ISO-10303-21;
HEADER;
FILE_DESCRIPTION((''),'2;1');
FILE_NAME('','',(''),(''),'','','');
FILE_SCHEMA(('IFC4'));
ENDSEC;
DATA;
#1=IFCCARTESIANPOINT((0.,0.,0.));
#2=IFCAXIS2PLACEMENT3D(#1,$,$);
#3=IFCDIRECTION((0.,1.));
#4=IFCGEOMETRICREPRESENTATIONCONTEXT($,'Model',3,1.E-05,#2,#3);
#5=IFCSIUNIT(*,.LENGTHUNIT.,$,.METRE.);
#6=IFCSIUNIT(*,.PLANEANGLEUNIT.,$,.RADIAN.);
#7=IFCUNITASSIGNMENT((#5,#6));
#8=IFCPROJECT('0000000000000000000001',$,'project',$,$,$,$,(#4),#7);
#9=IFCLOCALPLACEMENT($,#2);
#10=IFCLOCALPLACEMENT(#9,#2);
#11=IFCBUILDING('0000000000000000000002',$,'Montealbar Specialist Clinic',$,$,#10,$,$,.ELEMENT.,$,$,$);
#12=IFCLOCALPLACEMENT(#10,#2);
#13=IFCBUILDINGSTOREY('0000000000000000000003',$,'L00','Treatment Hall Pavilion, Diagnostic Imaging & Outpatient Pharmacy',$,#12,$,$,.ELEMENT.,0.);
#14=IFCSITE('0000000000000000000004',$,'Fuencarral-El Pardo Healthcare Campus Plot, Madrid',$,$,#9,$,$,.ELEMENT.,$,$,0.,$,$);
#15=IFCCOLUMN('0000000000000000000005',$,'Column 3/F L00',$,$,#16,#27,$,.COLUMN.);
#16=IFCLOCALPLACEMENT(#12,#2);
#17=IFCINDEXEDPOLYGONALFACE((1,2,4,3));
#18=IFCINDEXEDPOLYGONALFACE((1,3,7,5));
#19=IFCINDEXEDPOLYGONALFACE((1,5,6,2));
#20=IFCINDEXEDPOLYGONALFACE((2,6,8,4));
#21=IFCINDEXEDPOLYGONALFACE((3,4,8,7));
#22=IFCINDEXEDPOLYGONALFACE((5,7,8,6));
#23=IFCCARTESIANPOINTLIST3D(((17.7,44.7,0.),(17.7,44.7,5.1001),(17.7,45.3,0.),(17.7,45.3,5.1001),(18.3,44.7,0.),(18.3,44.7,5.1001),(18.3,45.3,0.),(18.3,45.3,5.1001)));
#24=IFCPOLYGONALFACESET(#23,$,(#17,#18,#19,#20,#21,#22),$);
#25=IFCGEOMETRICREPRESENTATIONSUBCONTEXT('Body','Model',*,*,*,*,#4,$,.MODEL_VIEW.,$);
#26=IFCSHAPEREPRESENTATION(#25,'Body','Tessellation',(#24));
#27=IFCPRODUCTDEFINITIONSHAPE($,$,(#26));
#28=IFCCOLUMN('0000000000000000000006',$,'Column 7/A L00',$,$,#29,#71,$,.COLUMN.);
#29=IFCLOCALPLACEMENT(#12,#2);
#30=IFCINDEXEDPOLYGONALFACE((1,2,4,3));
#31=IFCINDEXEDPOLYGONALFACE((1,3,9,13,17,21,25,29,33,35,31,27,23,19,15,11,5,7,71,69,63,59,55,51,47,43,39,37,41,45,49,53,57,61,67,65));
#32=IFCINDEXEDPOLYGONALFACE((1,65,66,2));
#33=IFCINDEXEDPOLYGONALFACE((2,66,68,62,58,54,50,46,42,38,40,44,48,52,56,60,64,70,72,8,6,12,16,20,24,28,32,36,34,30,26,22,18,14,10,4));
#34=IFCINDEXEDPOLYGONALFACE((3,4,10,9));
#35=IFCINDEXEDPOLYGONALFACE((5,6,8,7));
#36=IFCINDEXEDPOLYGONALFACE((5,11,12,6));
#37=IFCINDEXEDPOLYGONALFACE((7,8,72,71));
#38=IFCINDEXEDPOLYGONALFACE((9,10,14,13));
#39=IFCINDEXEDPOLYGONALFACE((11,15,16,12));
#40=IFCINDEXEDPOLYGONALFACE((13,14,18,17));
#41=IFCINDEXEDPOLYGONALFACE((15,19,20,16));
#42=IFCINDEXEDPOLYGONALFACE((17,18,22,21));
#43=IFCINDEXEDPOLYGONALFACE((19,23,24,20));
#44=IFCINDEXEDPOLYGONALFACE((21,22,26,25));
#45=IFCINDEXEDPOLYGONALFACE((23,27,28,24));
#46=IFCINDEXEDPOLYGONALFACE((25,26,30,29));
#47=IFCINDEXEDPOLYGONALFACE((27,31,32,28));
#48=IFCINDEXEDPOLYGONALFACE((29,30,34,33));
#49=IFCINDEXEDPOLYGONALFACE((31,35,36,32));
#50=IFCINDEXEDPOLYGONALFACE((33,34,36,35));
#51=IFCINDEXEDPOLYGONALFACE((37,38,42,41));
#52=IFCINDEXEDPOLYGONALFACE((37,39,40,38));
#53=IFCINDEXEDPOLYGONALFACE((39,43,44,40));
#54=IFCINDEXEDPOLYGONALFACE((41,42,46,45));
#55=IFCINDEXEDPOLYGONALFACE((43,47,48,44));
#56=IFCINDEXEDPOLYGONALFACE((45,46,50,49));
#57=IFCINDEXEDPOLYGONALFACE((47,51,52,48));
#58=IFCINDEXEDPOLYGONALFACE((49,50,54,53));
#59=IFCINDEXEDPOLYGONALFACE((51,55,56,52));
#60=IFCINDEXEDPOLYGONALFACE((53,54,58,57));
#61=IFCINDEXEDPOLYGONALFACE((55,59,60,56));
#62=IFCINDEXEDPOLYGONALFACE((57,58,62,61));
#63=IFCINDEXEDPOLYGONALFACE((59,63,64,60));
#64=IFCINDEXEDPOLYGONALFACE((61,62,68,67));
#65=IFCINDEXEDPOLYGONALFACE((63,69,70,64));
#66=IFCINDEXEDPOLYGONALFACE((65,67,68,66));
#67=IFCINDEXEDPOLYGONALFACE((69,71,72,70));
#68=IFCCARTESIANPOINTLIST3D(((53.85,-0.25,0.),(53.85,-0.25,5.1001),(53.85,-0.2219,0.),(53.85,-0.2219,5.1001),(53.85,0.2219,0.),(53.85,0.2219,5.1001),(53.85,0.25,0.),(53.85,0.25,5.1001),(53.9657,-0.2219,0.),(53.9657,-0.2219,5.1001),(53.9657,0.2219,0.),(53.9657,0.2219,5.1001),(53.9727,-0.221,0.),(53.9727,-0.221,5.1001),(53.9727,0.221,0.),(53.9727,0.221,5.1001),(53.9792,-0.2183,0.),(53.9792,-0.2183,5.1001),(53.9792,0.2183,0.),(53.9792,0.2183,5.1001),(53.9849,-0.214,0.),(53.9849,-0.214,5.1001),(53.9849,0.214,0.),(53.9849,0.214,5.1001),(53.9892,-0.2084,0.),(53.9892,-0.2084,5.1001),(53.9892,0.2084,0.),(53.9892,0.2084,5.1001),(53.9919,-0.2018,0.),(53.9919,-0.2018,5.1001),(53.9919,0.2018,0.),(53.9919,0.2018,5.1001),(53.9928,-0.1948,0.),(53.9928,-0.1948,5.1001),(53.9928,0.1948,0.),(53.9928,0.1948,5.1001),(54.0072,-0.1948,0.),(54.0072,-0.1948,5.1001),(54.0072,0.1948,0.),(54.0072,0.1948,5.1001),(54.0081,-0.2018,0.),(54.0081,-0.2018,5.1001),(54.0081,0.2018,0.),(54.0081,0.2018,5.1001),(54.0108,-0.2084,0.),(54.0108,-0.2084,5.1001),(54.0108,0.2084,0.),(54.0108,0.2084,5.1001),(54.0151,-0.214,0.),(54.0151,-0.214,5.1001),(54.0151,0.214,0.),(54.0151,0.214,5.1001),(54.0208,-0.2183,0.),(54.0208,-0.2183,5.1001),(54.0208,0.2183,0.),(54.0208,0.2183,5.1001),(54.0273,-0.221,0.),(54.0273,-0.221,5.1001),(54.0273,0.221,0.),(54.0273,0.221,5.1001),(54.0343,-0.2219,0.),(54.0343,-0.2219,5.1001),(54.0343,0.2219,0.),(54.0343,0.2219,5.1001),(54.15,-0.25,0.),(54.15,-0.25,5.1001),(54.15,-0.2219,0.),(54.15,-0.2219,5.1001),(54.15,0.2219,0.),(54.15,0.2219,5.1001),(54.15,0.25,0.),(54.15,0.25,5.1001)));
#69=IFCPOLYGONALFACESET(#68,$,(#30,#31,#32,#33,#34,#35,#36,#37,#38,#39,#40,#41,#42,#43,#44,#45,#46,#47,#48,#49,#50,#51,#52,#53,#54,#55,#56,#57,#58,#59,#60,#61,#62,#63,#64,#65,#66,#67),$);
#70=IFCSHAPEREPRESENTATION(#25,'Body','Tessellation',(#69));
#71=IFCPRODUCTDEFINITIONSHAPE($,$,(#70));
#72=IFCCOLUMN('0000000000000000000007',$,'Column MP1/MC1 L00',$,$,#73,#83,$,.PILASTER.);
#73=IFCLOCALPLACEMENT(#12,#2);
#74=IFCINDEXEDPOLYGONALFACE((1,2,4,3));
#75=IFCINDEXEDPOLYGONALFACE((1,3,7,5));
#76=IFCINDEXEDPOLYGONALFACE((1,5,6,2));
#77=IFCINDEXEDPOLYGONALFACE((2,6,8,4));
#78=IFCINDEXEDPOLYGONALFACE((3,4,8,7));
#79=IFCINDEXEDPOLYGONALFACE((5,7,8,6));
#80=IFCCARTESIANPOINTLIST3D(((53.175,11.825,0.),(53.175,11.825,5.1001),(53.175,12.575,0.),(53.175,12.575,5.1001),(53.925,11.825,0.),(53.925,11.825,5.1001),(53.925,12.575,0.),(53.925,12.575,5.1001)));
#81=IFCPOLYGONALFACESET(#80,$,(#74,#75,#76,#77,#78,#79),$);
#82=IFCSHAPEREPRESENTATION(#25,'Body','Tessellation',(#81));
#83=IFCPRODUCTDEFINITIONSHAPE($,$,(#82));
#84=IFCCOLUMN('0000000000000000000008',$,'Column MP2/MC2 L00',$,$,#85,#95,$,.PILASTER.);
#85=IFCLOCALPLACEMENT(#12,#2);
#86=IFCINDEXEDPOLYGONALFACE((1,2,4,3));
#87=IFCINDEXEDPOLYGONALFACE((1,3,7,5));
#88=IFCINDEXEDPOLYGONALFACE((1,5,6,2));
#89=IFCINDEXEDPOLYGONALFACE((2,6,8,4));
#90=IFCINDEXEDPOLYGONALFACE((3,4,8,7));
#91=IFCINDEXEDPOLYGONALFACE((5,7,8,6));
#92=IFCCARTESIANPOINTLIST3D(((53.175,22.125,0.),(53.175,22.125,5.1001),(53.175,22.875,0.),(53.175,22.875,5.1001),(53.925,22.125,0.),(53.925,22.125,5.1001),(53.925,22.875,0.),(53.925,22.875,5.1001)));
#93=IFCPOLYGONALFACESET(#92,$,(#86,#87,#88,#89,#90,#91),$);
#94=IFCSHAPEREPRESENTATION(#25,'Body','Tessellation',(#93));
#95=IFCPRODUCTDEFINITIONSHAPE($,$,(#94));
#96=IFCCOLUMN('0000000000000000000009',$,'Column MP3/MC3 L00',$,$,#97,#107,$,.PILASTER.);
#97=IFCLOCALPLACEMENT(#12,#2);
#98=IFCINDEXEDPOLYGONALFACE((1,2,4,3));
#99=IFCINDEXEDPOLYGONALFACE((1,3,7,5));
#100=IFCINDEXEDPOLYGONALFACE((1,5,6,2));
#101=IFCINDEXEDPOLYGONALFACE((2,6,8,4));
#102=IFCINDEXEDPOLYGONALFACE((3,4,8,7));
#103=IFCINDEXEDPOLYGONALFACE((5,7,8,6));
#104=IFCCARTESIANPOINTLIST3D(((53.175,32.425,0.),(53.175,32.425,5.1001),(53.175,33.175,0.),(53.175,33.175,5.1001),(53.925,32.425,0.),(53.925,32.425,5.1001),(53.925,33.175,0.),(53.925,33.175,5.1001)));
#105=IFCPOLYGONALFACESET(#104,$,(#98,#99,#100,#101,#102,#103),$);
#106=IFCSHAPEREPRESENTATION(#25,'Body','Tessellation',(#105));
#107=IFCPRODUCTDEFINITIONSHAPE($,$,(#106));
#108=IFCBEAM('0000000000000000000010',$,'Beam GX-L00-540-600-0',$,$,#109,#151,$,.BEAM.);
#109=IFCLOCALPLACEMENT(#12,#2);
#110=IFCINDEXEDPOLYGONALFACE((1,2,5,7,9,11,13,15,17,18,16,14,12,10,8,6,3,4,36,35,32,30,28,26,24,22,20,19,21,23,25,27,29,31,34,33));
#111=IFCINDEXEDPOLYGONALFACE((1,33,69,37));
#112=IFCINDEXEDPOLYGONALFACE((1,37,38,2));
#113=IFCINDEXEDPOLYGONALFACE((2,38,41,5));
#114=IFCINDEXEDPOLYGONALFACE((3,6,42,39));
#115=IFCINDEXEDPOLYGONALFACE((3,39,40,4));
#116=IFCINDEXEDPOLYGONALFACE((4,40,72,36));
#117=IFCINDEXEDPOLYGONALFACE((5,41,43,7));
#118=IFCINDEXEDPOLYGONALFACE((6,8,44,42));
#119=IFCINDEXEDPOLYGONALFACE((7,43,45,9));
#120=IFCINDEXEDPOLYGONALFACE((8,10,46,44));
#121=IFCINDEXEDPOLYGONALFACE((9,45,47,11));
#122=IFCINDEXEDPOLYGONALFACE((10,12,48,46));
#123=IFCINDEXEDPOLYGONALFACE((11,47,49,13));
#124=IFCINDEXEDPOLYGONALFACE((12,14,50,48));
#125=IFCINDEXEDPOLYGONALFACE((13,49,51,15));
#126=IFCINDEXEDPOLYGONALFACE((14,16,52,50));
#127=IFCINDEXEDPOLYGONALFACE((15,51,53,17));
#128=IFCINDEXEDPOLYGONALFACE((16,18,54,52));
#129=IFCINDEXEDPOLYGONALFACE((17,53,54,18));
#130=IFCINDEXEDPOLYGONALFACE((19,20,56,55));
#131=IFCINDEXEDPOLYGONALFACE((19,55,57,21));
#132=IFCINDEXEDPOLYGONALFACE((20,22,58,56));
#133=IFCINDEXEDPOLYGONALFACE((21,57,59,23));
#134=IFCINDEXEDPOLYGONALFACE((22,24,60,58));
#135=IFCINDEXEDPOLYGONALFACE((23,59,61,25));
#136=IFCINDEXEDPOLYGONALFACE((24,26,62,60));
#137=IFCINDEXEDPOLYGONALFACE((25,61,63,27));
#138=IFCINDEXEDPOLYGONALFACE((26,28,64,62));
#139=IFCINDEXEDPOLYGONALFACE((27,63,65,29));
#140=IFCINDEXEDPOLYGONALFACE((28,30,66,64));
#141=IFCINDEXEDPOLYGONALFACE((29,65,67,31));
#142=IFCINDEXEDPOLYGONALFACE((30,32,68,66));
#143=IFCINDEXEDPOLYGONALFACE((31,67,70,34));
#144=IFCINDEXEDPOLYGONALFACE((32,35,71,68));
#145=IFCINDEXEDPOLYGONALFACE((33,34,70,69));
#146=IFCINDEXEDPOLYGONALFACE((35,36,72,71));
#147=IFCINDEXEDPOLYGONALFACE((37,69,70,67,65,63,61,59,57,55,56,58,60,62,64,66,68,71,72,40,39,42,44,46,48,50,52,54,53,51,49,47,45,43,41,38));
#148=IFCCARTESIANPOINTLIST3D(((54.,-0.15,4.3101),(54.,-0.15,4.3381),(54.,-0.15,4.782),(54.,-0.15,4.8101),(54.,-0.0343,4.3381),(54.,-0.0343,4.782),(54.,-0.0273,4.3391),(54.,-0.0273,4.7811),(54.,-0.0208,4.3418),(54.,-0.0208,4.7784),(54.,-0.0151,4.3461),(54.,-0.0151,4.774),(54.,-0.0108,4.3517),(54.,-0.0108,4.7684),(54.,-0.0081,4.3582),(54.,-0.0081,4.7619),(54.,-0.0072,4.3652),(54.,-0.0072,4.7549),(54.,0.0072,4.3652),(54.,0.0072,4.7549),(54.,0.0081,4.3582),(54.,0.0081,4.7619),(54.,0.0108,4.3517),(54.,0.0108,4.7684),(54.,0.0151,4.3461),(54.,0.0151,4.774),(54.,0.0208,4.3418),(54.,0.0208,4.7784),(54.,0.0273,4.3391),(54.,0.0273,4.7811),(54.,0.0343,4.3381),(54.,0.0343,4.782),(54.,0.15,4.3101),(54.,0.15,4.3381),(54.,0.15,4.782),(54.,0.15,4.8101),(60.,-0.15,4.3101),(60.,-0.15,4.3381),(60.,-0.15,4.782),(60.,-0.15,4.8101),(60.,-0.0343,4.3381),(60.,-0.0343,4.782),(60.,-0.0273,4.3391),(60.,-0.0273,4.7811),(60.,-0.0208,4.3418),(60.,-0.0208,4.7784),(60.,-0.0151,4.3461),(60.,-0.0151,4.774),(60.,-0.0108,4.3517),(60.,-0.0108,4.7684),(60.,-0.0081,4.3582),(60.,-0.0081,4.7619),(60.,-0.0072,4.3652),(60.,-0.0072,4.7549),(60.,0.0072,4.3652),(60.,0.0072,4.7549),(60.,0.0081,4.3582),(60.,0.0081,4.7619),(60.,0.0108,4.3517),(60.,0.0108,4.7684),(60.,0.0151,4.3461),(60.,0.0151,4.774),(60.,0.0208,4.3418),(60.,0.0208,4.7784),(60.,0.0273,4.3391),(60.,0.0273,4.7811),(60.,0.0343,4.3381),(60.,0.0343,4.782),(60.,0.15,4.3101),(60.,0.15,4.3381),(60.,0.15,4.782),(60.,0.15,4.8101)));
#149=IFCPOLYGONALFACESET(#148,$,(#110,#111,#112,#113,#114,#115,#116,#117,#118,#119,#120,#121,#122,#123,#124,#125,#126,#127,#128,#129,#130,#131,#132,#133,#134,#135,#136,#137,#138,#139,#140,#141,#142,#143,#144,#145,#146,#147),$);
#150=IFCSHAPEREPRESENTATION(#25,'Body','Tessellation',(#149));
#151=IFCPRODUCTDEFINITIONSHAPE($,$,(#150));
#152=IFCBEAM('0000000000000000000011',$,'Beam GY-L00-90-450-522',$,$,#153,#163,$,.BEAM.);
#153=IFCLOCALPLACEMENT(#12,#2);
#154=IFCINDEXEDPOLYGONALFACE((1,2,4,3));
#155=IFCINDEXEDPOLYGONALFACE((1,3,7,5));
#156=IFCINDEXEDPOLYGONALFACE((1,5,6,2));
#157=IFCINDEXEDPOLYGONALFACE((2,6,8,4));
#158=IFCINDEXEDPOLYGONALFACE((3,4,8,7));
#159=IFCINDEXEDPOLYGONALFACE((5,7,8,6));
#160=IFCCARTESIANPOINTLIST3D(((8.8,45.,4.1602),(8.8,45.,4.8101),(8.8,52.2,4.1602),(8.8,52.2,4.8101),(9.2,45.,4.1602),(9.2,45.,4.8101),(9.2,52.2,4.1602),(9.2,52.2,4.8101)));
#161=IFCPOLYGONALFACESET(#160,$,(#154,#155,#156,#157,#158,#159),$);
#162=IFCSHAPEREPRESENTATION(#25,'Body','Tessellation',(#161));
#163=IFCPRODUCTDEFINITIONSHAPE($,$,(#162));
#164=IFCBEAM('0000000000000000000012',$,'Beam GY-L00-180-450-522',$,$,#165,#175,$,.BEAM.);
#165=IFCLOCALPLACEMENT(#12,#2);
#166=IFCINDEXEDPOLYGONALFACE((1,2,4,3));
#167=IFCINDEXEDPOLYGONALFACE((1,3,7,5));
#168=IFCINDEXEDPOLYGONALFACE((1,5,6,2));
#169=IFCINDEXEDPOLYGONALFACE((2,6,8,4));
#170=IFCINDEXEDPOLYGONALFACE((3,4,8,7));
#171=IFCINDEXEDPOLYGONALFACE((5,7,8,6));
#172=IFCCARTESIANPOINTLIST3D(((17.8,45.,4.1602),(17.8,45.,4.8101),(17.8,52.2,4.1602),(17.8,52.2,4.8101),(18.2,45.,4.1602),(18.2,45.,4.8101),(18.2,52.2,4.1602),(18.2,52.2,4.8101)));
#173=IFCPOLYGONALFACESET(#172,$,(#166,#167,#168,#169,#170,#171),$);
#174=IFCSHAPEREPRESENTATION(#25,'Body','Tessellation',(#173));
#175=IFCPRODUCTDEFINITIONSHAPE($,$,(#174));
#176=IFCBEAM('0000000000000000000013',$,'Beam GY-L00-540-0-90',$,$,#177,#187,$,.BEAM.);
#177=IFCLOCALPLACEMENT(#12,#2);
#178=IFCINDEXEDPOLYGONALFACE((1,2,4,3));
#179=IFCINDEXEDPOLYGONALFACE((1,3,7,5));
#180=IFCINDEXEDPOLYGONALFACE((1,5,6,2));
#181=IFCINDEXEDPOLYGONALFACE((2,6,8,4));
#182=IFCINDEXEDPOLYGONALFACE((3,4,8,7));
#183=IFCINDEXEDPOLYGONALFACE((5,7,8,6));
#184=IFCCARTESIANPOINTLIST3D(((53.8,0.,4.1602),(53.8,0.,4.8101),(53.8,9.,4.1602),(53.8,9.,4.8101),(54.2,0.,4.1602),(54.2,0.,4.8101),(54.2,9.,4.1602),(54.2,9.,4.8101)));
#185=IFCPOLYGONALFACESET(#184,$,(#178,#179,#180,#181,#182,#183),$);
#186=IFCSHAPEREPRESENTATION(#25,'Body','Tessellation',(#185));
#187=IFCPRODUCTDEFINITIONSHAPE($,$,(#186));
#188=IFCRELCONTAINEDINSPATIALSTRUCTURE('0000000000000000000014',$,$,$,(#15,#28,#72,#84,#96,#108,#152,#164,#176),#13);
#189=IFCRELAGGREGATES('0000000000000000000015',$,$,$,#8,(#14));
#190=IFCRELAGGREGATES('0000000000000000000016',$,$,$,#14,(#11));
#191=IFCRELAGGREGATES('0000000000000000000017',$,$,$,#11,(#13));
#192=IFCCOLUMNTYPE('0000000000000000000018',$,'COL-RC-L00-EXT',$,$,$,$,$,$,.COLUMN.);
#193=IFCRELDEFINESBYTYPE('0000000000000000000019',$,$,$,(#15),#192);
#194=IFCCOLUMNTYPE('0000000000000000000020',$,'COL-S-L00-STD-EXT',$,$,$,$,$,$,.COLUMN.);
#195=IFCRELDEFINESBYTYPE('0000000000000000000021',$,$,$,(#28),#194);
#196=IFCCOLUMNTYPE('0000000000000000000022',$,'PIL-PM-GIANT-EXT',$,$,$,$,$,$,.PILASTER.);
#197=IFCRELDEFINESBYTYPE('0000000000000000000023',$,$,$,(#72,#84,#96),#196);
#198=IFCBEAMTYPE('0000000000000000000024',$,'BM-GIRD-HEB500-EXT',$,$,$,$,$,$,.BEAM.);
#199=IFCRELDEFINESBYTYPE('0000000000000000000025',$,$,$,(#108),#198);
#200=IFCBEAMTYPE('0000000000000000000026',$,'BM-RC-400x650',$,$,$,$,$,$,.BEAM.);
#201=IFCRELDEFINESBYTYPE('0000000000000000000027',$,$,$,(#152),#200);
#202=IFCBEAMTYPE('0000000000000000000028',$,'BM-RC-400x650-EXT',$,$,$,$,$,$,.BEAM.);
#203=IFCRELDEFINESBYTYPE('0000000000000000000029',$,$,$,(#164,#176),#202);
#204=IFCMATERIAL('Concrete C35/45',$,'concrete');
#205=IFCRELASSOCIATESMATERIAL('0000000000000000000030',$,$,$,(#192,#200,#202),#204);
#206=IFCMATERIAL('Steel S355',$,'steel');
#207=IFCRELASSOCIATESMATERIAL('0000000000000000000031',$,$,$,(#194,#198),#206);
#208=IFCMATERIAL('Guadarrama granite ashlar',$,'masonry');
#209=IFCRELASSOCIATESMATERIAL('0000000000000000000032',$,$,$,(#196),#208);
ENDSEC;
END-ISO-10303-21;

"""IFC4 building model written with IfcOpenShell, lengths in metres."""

from ifc_helpers import new_model, si_unit, direction, frame, origin, origin_2d, place, context, subcontext, project, spatial, rectangle, i_section, extrude, material, material_profile, profile_set, type_object, element, save


model = new_model("IFC4")

# Units and contexts
model_context = context("Model", 3, precision=1e-05, world=origin(), true_north=direction((0.0, 1.0)))
body_context = subcontext(model_context, "Body", "Model", "MODEL_VIEW")
ifc_project = project(units=[si_unit("LENGTHUNIT", "METRE"), si_unit("PLANEANGLEUNIT", "RADIAN")], contexts=[model_context])

# Site, building, storey
site_placement = place(None, origin())
site = spatial("IfcSite", under=ifc_project, at=site_placement, Name="Fuencarral-El Pardo Healthcare Campus Plot, Madrid", CompositionType="ELEMENT", RefElevation=0.0)
building_placement = place(site_placement, origin())
building = spatial("IfcBuilding", under=site, at=building_placement, Name="Montealbar Specialist Clinic", CompositionType="ELEMENT")
storey_placement = place(building_placement, origin())
storey = spatial("IfcBuildingStorey", under=building, at=storey_placement, Name="L00", Description="Treatment Hall Pavilion, Diagnostic Imaging & Outpatient Pharmacy", CompositionType="ELEMENT", Elevation=0.0)

# Columns
ifc_material_1 = material(Name="Concrete C35/45", Category="concrete")
ifc_material_profile_1 = material_profile(ifc_material_1, rectangle(XDim=0.6001, YDim=0.6001, at=origin_2d()), Name="RC 600x600", Category="concrete")
ifc_profile_set_1 = profile_set([ifc_material_profile_1], Name="Concrete C35/45")
column_type_1 = type_object("IfcColumnType", Name="COL-RC-L00-EXT", PredefinedType="COLUMN", material=ifc_profile_set_1)
column_1_placement = place(storey_placement, frame((18.0, 45.0, 0.0), z_axis=(0.0, 0.0, 1.0), x_axis=(1.0, 0.0, 0.0)))
element("IfcColumn", 1, at=column_1_placement, inside=storey, type_object=column_type_1, Name="Column 3/F L00", PredefinedType="COLUMN", context=body_context, shape_type="SweptSolid", body=[
    extrude(rectangle(XDim=0.6001, YDim=0.6001, at=origin_2d()), origin(), (0.0, 0.0, 1.0), 5.1001),
])
ifc_material_2 = material(Name="Steel S355", Category="steel")
ifc_material_profile_2 = material_profile(ifc_material_2, i_section(OverallWidth=0.3, OverallDepth=0.5, WebThickness=0.0144, FlangeThickness=0.0281, FilletRadius=0.0271, at=origin_2d()), Name="HEB 500", Category="steel")
ifc_profile_set_2 = profile_set([ifc_material_profile_2], Name="Steel S355")
column_type_2 = type_object("IfcColumnType", Name="COL-S-L00-STD-EXT", PredefinedType="COLUMN", material=ifc_profile_set_2)
column_2_placement = place(storey_placement, frame((54.0, 0.0, 0.0), z_axis=(0.0, 0.0, 1.0), x_axis=(1.0, 0.0, 0.0)))
element("IfcColumn", 2, at=column_2_placement, inside=storey, type_object=column_type_2, Name="Column 7/A L00", PredefinedType="COLUMN", context=body_context, shape_type="SweptSolid", body=[
    extrude(i_section(OverallWidth=0.3, OverallDepth=0.5, WebThickness=0.0144, FlangeThickness=0.0281, FilletRadius=0.0271, at=origin_2d()), origin(), (0.0, 0.0, 1.0), 5.1001),
])
ifc_material_3 = material(Name="Guadarrama granite ashlar", Category="masonry")
ifc_material_profile_3 = material_profile(ifc_material_3, rectangle(XDim=0.75, YDim=0.75, at=origin_2d()), Name="GRANITE PILASTER 750x750", Category="masonry")
ifc_profile_set_3 = profile_set([ifc_material_profile_3], Name="Guadarrama granite ashlar")
column_type_3 = type_object("IfcColumnType", Name="PIL-PM-GIANT-EXT", PredefinedType="PILASTER", material=ifc_profile_set_3)
for number, where, z_axis, x_axis, name in (
    (3, (53.55, 12.2, 0.0), (0.0, 0.0, 1.0), (1.0, 0.0, 0.0), "Column MP1/MC1 L00"),
    (4, (53.55, 22.5, 0.0), (0.0, 0.0, 1.0), (1.0, 0.0, 0.0), "Column MP2/MC2 L00"),
    (5, (53.55, 32.8, 0.0), (0.0, 0.0, 1.0), (1.0, 0.0, 0.0), "Column MP3/MC3 L00"),
):
    element("IfcColumn", number, at=place(storey_placement, frame(where, z_axis=z_axis, x_axis=x_axis)), inside=storey, type_object=column_type_3, Name=name, PredefinedType="PILASTER", context=body_context, shape_type="SweptSolid", body=[
        extrude(rectangle(XDim=0.75, YDim=0.75, at=origin_2d()), origin(), (0.0, 0.0, 1.0), 5.1001),
    ])

# Beams
ifc_material_profile_4 = material_profile(ifc_material_2, i_section(OverallWidth=0.3, OverallDepth=0.5, WebThickness=0.0144, FlangeThickness=0.0281, FilletRadius=0.0271, at=origin_2d()), Name="HEB 500", Category="steel")
ifc_profile_set_4 = profile_set([ifc_material_profile_4], Name="Steel S355")
beam_type_1 = type_object("IfcBeamType", Name="BM-GIRD-HEB500-EXT", PredefinedType="BEAM", material=ifc_profile_set_4)
beam_1_placement = place(storey_placement, frame((54.0, 0.0, 4.5601), z_axis=(1.0, 0.0, 0.0), x_axis=(0.0, 1.0, 0.0)))
element("IfcBeam", 6, at=beam_1_placement, inside=storey, type_object=beam_type_1, Name="Beam GX-L00-540-600-0", PredefinedType="BEAM", context=body_context, shape_type="SweptSolid", body=[
    extrude(i_section(OverallWidth=0.3, OverallDepth=0.5, WebThickness=0.0144, FlangeThickness=0.0281, FilletRadius=0.0271, at=origin_2d()), origin(), (0.0, 0.0, 1.0), 6.0),
])
ifc_material_profile_5 = material_profile(ifc_material_1, rectangle(XDim=0.3999, YDim=0.6499, at=origin_2d()), Name="RC 400x650", Category="concrete")
ifc_profile_set_5 = profile_set([ifc_material_profile_5], Name="Concrete C35/45")
beam_type_2 = type_object("IfcBeamType", Name="BM-RC-400x650", PredefinedType="BEAM", material=ifc_profile_set_5)
beam_2_placement = place(storey_placement, frame((9.0, 45.0, 4.4851), z_axis=(0.0, 1.0, 0.0), x_axis=(-1.0, 0.0, 0.0)))
element("IfcBeam", 7, at=beam_2_placement, inside=storey, type_object=beam_type_2, Name="Beam GY-L00-90-450-522", PredefinedType="BEAM", context=body_context, shape_type="SweptSolid", body=[
    extrude(rectangle(XDim=0.3999, YDim=0.6499, at=origin_2d()), origin(), (0.0, 0.0, 1.0), 7.2),
])
ifc_material_profile_6 = material_profile(ifc_material_1, rectangle(XDim=0.3999, YDim=0.6499, at=origin_2d()), Name="RC 400x650", Category="concrete")
ifc_profile_set_6 = profile_set([ifc_material_profile_6], Name="Concrete C35/45")
beam_type_3 = type_object("IfcBeamType", Name="BM-RC-400x650-EXT", PredefinedType="BEAM", material=ifc_profile_set_6)
beam_3_placement = place(storey_placement, frame((18.0, 45.0, 4.4851), z_axis=(0.0, 1.0, 0.0), x_axis=(-1.0, 0.0, 0.0)))
element("IfcBeam", 8, at=beam_3_placement, inside=storey, type_object=beam_type_3, Name="Beam GY-L00-180-450-522", PredefinedType="BEAM", context=body_context, shape_type="SweptSolid", body=[
    extrude(rectangle(XDim=0.3999, YDim=0.6499, at=origin_2d()), origin(), (0.0, 0.0, 1.0), 7.2),
])
beam_4_placement = place(storey_placement, frame((54.0, 0.0, 4.4851), z_axis=(0.0, 1.0, 0.0), x_axis=(-1.0, 0.0, 0.0)))
element("IfcBeam", 9, at=beam_4_placement, inside=storey, type_object=beam_type_3, Name="Beam GY-L00-540-0-90", PredefinedType="BEAM", context=body_context, shape_type="SweptSolid", body=[
    extrude(rectangle(XDim=0.3999, YDim=0.6499, at=origin_2d()), origin(), (0.0, 0.0, 1.0), 9.0),
])

save(model, "model.ifc")
